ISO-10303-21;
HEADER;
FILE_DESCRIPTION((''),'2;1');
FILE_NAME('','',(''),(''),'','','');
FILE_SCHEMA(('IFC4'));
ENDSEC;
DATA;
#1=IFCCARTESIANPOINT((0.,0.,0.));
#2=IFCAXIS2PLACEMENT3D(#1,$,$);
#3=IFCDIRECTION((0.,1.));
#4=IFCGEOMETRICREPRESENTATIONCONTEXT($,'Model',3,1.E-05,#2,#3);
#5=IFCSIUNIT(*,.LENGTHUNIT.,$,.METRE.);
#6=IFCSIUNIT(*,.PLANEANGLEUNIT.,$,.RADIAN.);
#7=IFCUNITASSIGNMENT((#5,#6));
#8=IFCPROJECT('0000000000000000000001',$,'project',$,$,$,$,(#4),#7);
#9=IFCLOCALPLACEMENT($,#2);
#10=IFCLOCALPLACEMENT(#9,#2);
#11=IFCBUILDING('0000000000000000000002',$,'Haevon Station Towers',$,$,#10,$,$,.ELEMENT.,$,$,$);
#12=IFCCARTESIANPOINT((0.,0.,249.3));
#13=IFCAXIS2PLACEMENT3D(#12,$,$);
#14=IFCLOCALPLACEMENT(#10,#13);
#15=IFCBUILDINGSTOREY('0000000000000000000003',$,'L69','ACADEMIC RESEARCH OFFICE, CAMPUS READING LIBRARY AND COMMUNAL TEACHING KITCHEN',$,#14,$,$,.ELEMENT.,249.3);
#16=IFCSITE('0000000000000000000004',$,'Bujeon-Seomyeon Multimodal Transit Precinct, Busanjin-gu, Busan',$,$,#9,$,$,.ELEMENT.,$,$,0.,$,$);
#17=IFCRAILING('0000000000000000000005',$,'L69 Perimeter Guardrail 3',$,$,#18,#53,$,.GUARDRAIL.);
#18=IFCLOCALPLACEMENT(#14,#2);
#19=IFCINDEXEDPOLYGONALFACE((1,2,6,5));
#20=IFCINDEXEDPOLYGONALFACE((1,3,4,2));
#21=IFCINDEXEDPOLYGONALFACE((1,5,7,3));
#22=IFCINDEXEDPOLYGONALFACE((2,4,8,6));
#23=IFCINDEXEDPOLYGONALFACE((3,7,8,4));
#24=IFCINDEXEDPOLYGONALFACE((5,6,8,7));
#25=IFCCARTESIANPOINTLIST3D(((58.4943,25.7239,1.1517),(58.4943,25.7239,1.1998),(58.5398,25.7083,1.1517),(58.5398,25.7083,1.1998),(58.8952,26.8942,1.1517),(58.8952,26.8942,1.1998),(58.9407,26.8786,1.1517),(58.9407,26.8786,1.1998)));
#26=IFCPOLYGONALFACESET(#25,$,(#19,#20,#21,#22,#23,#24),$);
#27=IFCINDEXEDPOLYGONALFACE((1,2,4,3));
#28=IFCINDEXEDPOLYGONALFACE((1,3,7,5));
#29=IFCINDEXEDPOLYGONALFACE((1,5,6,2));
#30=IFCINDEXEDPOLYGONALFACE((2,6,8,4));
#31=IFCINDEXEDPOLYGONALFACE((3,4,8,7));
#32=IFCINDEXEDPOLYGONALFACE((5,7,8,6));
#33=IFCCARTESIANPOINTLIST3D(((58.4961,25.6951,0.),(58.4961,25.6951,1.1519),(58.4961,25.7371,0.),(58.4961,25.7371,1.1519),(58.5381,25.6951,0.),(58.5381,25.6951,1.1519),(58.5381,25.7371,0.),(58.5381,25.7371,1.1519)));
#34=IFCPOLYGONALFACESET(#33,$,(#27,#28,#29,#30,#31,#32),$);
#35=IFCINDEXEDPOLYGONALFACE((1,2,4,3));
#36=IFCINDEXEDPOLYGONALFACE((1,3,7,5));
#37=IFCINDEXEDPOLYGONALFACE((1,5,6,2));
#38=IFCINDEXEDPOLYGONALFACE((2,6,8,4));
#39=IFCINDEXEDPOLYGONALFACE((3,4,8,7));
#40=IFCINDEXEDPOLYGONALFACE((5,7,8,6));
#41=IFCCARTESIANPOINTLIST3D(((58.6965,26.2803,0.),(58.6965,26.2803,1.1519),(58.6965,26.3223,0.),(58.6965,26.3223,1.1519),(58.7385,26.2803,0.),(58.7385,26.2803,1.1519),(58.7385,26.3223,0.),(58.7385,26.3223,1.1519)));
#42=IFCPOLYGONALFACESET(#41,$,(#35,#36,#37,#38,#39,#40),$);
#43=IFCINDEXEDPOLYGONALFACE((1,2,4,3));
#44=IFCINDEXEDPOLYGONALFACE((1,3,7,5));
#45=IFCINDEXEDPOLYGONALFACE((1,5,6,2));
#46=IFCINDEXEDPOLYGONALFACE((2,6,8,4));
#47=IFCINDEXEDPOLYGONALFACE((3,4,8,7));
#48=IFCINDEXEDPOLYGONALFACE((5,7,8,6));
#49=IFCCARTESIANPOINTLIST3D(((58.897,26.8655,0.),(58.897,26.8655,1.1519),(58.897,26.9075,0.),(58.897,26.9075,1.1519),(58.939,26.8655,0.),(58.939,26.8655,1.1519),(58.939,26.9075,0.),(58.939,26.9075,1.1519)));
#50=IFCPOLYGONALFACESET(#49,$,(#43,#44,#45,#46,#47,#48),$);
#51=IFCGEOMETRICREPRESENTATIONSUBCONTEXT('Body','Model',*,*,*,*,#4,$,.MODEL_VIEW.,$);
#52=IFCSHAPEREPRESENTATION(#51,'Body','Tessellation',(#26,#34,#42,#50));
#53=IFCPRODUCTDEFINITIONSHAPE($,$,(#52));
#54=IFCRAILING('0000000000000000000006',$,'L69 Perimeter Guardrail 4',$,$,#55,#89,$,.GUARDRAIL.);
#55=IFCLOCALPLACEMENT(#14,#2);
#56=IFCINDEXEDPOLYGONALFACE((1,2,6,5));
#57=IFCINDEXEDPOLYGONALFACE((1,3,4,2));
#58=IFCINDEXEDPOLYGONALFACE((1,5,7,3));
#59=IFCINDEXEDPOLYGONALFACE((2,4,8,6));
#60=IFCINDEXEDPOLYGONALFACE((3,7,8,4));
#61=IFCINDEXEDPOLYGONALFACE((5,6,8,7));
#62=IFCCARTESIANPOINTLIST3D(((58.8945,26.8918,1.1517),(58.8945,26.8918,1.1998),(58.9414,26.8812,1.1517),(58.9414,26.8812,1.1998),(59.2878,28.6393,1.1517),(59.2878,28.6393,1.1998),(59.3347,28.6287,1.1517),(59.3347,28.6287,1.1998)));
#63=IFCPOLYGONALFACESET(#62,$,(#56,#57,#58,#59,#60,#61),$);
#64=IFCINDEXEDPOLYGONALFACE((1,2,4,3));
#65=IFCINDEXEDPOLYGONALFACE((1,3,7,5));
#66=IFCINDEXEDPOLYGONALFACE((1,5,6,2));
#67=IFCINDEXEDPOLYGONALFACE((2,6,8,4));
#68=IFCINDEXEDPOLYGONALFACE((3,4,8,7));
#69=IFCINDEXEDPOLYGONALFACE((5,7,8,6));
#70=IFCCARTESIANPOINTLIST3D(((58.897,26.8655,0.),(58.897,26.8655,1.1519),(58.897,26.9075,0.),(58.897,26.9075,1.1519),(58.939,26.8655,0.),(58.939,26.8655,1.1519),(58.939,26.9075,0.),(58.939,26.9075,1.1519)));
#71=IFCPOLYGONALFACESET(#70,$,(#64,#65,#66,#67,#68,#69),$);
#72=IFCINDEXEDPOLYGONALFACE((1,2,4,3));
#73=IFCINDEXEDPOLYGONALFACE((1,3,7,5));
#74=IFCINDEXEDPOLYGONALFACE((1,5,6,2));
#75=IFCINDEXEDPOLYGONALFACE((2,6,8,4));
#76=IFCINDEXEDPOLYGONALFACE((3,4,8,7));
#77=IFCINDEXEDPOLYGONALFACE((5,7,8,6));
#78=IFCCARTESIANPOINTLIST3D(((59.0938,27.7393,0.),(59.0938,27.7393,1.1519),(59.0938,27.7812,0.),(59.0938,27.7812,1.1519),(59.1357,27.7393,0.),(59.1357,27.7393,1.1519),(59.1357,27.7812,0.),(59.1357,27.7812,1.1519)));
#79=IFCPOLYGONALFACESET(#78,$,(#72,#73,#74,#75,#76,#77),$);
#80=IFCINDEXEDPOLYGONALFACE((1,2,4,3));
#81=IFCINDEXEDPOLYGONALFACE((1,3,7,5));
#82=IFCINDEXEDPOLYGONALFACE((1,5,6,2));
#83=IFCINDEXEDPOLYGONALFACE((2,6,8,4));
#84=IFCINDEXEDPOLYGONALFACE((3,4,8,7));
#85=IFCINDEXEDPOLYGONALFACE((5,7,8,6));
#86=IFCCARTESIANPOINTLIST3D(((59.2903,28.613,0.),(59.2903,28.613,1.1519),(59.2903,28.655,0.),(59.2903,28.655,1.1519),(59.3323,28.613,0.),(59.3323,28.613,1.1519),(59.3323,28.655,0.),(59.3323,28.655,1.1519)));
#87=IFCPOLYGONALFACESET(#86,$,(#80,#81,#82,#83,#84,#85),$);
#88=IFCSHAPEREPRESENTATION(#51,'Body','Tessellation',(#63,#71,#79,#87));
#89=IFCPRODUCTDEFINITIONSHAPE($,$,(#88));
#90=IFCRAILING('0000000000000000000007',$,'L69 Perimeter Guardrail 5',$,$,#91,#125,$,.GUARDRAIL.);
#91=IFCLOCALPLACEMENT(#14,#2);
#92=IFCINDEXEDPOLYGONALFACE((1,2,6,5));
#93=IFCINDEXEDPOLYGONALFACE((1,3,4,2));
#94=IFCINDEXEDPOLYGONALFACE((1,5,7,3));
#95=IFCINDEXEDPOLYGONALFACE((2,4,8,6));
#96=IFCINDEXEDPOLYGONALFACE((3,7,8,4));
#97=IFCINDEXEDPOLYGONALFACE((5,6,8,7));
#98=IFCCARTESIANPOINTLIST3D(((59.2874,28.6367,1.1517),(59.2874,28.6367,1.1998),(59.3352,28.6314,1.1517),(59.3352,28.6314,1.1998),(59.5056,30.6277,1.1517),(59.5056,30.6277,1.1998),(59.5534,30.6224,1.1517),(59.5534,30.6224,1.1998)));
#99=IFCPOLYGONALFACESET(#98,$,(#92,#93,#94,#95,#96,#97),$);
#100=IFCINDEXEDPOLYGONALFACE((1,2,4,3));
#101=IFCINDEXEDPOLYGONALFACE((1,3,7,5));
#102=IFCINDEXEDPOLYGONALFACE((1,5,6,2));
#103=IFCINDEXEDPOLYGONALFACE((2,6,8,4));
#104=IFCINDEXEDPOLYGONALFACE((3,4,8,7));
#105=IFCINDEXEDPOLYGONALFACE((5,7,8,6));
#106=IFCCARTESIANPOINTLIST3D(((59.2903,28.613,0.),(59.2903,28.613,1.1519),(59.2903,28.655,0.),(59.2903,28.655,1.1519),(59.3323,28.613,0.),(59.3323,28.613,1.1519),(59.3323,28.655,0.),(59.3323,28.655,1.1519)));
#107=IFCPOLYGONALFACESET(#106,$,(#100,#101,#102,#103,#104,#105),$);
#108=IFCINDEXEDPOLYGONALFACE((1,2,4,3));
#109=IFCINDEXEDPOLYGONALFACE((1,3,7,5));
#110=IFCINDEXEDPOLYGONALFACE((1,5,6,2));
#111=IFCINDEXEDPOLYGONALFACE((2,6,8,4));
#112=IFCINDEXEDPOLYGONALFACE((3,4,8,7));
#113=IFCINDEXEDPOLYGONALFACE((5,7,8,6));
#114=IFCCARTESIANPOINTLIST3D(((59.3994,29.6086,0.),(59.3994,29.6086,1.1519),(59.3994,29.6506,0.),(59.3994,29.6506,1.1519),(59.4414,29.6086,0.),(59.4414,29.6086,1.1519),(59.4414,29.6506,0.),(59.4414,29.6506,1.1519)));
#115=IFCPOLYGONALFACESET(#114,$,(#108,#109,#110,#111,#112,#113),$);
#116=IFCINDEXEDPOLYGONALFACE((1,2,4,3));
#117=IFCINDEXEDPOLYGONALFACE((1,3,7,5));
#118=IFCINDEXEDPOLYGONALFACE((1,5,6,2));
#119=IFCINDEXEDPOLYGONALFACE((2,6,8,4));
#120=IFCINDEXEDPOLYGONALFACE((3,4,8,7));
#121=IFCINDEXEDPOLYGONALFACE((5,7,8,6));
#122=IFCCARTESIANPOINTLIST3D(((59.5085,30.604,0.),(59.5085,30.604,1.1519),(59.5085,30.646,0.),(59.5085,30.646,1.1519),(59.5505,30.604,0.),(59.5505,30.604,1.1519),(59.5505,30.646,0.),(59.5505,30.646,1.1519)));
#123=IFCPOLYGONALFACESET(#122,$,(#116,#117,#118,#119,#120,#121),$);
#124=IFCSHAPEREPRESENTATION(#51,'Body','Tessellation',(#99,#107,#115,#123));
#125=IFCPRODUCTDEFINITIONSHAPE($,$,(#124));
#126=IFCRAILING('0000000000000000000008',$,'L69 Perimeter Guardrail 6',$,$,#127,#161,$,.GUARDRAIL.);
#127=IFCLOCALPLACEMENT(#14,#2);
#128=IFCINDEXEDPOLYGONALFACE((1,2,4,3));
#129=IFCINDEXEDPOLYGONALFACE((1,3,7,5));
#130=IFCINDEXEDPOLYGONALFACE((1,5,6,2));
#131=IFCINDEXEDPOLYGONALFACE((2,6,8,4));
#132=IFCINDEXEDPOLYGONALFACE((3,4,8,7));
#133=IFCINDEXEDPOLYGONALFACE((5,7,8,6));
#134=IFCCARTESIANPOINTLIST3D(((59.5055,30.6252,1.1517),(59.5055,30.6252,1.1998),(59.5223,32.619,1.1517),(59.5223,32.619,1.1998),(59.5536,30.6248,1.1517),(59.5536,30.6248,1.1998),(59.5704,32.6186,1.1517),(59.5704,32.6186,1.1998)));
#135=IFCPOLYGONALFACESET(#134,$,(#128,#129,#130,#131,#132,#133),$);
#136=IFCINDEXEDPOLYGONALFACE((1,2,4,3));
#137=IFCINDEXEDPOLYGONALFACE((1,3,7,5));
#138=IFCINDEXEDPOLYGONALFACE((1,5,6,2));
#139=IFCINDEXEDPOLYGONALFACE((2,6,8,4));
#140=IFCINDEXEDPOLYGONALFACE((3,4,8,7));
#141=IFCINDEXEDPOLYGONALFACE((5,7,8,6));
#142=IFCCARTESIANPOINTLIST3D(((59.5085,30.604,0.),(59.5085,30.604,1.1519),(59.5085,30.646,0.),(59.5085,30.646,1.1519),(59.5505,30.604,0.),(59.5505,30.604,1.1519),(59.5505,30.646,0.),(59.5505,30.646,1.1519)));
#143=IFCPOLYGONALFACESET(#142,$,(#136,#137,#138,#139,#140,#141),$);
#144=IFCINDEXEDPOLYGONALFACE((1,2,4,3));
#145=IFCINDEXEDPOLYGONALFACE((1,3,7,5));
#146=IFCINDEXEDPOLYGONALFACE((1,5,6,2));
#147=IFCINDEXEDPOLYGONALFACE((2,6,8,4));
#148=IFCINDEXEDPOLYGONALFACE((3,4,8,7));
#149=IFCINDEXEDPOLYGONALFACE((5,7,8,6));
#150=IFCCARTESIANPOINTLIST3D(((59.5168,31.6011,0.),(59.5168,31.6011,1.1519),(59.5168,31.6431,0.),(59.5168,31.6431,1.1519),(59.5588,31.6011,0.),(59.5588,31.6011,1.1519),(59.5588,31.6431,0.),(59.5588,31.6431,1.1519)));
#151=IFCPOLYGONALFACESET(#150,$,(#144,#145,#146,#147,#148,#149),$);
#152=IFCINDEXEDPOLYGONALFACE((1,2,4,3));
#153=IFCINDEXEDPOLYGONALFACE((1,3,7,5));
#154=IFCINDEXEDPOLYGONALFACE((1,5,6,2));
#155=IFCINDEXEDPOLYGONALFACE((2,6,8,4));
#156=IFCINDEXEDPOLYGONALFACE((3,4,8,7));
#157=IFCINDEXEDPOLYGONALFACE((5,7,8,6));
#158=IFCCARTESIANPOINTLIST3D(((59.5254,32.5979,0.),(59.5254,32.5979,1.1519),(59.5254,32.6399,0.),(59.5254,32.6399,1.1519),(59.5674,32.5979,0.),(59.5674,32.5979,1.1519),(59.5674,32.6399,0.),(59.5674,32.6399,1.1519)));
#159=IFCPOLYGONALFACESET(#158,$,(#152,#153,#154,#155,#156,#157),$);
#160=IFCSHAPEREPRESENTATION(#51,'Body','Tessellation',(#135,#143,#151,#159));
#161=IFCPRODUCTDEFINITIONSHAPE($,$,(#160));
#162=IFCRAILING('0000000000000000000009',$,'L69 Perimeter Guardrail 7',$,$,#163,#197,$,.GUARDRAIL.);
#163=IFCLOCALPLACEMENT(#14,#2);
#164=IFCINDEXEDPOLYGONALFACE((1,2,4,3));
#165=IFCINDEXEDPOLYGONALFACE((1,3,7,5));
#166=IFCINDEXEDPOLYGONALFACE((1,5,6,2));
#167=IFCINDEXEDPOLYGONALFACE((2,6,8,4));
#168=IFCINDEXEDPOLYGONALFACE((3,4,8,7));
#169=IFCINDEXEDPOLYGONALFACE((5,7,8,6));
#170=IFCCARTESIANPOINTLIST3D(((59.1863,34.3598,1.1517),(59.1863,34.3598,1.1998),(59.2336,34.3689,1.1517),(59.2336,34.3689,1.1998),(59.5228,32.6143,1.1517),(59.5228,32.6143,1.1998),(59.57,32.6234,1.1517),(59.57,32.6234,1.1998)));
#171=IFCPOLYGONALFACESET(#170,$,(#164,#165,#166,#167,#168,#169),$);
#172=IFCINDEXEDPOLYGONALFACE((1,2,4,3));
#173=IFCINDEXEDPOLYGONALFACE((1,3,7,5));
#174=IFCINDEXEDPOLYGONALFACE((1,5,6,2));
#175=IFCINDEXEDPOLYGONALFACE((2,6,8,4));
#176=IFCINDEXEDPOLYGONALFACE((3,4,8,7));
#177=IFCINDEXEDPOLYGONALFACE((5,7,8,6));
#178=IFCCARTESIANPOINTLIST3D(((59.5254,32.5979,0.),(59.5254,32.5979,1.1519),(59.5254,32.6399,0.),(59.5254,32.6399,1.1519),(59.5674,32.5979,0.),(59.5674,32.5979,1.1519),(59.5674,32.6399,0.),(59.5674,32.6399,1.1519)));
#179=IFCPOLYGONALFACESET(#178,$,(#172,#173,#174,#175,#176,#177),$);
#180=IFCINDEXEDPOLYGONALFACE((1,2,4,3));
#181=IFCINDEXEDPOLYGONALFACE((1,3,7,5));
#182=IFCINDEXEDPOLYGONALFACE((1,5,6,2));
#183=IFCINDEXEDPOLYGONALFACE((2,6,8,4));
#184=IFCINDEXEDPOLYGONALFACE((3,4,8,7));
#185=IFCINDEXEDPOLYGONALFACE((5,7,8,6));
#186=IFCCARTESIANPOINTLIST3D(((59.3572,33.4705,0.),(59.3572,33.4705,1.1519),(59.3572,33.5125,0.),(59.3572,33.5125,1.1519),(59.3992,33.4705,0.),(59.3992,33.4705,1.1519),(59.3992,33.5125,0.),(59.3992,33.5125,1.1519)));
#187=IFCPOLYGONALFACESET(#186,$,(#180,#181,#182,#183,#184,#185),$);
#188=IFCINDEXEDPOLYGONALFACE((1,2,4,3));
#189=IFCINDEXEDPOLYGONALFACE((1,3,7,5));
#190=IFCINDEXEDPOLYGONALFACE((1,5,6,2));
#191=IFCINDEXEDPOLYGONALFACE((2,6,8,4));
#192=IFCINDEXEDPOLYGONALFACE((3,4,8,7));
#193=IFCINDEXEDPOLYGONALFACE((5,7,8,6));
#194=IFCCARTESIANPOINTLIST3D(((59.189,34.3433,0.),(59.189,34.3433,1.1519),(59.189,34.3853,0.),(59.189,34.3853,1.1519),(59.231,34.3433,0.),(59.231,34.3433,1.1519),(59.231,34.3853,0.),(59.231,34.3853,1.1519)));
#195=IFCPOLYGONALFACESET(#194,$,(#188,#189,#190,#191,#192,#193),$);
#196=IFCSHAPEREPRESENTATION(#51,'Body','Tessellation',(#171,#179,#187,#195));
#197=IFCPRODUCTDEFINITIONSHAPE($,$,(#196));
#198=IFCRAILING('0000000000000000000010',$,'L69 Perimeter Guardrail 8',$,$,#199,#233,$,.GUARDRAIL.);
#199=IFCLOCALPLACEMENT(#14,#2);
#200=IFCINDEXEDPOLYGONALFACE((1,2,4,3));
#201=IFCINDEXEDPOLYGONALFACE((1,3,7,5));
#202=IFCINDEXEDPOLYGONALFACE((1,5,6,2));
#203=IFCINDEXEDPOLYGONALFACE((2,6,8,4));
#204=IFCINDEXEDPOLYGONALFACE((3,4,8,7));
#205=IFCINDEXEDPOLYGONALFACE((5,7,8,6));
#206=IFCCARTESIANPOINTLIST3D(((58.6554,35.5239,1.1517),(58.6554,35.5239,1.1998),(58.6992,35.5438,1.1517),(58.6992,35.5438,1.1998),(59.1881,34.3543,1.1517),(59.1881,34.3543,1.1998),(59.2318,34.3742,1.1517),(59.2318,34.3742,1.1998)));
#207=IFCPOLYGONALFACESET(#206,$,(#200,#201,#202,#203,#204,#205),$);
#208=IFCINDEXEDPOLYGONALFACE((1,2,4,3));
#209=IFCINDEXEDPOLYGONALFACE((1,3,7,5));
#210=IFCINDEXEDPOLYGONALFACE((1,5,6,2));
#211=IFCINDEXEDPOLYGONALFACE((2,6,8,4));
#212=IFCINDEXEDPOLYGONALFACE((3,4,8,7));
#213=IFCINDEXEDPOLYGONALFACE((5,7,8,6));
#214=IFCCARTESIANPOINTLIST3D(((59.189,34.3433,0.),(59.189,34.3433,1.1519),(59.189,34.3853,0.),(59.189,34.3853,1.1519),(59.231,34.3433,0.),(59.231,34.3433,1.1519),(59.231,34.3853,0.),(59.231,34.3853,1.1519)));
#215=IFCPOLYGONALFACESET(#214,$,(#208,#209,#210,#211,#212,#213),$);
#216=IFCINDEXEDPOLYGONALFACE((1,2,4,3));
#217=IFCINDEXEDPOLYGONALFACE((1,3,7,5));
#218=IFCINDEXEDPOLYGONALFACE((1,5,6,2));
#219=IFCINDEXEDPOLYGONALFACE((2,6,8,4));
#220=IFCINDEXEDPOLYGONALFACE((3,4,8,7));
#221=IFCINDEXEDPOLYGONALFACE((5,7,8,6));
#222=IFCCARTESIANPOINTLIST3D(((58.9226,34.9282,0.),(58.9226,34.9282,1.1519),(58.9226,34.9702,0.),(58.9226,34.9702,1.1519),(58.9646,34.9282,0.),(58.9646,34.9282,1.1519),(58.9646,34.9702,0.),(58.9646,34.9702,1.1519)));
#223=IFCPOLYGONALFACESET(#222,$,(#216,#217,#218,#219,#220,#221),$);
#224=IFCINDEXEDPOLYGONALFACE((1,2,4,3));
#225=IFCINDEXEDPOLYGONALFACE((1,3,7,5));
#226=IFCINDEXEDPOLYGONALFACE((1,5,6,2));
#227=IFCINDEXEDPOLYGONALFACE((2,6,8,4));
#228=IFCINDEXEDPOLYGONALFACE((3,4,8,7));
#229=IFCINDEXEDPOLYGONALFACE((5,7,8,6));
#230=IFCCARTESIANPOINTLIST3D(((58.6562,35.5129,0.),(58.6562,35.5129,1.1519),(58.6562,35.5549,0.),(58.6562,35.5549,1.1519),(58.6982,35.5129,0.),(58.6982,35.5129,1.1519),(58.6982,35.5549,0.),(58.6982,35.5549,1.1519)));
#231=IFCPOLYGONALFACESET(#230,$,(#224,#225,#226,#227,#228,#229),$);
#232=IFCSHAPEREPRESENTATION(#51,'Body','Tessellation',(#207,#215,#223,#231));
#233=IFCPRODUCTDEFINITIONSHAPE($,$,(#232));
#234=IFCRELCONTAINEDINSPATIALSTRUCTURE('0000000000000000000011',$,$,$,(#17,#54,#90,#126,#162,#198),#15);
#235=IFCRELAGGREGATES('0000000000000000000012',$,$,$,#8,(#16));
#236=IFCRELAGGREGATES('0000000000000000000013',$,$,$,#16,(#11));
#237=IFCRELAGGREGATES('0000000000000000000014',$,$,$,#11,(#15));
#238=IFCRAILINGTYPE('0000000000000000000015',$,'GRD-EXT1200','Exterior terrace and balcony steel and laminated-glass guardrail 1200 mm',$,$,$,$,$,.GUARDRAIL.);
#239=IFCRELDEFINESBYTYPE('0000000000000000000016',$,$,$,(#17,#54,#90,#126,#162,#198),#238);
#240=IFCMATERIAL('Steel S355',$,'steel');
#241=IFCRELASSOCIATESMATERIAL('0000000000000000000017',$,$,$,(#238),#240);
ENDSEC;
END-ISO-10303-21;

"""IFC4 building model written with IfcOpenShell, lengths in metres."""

from ifc_helpers import new_model, si_unit, direction, frame, origin, origin_2d, place, context, subcontext, project, spatial, rectangle, extrude, material, type_object, element, save


model = new_model("IFC4")

# Units and contexts
model_context = context("Model", 3, precision=1e-05, world=origin(), true_north=direction((0.0, 1.0)))
body_context = subcontext(model_context, "Body", "Model", "MODEL_VIEW")
ifc_project = project(units=[si_unit("LENGTHUNIT", "METRE"), si_unit("PLANEANGLEUNIT", "RADIAN")], contexts=[model_context])

# Site, building, storey
site_placement = place(None, origin())
site = spatial("IfcSite", under=ifc_project, at=site_placement, Name="Bujeon-Seomyeon Multimodal Transit Precinct, Busanjin-gu, Busan", CompositionType="ELEMENT", RefElevation=0.0)
building_placement = place(site_placement, origin())
building = spatial("IfcBuilding", under=site, at=building_placement, Name="Haevon Station Towers", CompositionType="ELEMENT")
storey_placement = place(building_placement, frame((0.0, 0.0, 249.3)))
storey = spatial("IfcBuildingStorey", under=building, at=storey_placement, Name="L69", Description="ACADEMIC RESEARCH OFFICE, CAMPUS READING LIBRARY AND COMMUNAL TEACHING KITCHEN", CompositionType="ELEMENT", Elevation=249.3)

# Shared definitions
ifc_material_1 = material(Name="Steel S355", Category="steel")

# Railings
railing_type = type_object("IfcRailingType", Name="GRD-EXT1200", Description="Exterior terrace and balcony steel and laminated-glass guardrail 1200 mm", PredefinedType="GUARDRAIL", material=ifc_material_1)
railing_1_placement = place(storey_placement, frame((58.5171, 25.7161, 0.0)))
element("IfcRailing", 1, at=railing_1_placement, inside=storey, type_object=railing_type, Name="L69 Perimeter Guardrail 3", PredefinedType="GUARDRAIL", context=body_context, shape_type="SweptSolid", body=[
    extrude(rectangle(XDim=0.0481, YDim=0.0481, at=origin_2d()), frame((0.0, 0.0, 1.1758), z_axis=(0.324032, 0.946046, 0.0), x_axis=(-0.946046, 0.324032, 0.0)), (0.0, 0.0, 1.0), 1.2371),
    extrude(rectangle(XDim=0.042, YDim=0.042, at=origin_2d()), origin(), (0.0, 0.0, 1.0), 1.1519),
    extrude(rectangle(XDim=0.042, YDim=0.042, at=origin_2d()), frame((0.2004, 0.5852, 0.0)), (0.0, 0.0, 1.0), 1.1519),
    extrude(rectangle(XDim=0.042, YDim=0.042, at=origin_2d()), frame((0.4009, 1.1704, 0.0)), (0.0, 0.0, 1.0), 1.1519),
])
railing_2_placement = place(storey_placement, frame((58.918, 26.8865, 0.0)))
element("IfcRailing", 2, at=railing_2_placement, inside=storey, type_object=railing_type, Name="L69 Perimeter Guardrail 4", PredefinedType="GUARDRAIL", context=body_context, shape_type="SweptSolid", body=[
    extrude(rectangle(XDim=0.0481, YDim=0.0481, at=origin_2d()), frame((0.0, 0.0, 1.1758), z_axis=(0.219571, 0.975597, 0.0), x_axis=(-0.975597, 0.219571, 0.0)), (0.0, 0.0, 1.0), 1.7913),
    extrude(rectangle(XDim=0.042, YDim=0.042, at=origin_2d()), origin(), (0.0, 0.0, 1.0), 1.1519),
    extrude(rectangle(XDim=0.042, YDim=0.042, at=origin_2d()), frame((0.1968, 0.8738, 0.0)), (0.0, 0.0, 1.0), 1.1519),
    extrude(rectangle(XDim=0.042, YDim=0.042, at=origin_2d()), frame((0.3933, 1.7476, 0.0)), (0.0, 0.0, 1.0), 1.1519),
])
railing_3_placement = place(storey_placement, frame((59.3113, 28.634, 0.0)))
element("IfcRailing", 3, at=railing_3_placement, inside=storey, type_object=railing_type, Name="L69 Perimeter Guardrail 5", PredefinedType="GUARDRAIL", context=body_context, shape_type="SweptSolid", body=[
    extrude(rectangle(XDim=0.0481, YDim=0.0481, at=origin_2d()), frame((0.0, 0.0, 1.1758), z_axis=(0.108973, 0.994045, 0.0), x_axis=(-0.994045, 0.108973, 0.0)), (0.0, 0.0, 1.0), 2.0029),
    extrude(rectangle(XDim=0.042, YDim=0.042, at=origin_2d()), origin(), (0.0, 0.0, 1.0), 1.1519),
    extrude(rectangle(XDim=0.042, YDim=0.042, at=origin_2d()), frame((0.1091, 0.9956, 0.0)), (0.0, 0.0, 1.0), 1.1519),
    extrude(rectangle(XDim=0.042, YDim=0.042, at=origin_2d()), frame((0.2183, 1.991, 0.0)), (0.0, 0.0, 1.0), 1.1519),
])
railing_4_placement = place(storey_placement, frame((59.5295, 30.625, 0.0)))
element("IfcRailing", 4, at=railing_4_placement, inside=storey, type_object=railing_type, Name="L69 Perimeter Guardrail 6", PredefinedType="GUARDRAIL", context=body_context, shape_type="SweptSolid", body=[
    extrude(rectangle(XDim=0.0481, YDim=0.0481, at=origin_2d()), frame((0.0, 0.0, 1.1758), z_axis=(0.008448, 0.999964, 0.0), x_axis=(-0.999964, 0.008448, 0.0)), (0.0, 0.0, 1.0), 1.9939),
    extrude(rectangle(XDim=0.042, YDim=0.042, at=origin_2d()), origin(), (0.0, 0.0, 1.0), 1.1519),
    extrude(rectangle(XDim=0.042, YDim=0.042, at=origin_2d()), frame((0.0083, 0.9971, 0.0)), (0.0, 0.0, 1.0), 1.1519),
    extrude(rectangle(XDim=0.042, YDim=0.042, at=origin_2d()), frame((0.0168, 1.9939, 0.0)), (0.0, 0.0, 1.0), 1.1519),
])
railing_5_placement = place(storey_placement, frame((59.5464, 32.6189, 0.0)))
element("IfcRailing", 5, at=railing_5_placement, inside=storey, type_object=railing_type, Name="L69 Perimeter Guardrail 7", PredefinedType="GUARDRAIL", context=body_context, shape_type="SweptSolid", body=[
    extrude(rectangle(XDim=0.0481, YDim=0.0481, at=origin_2d()), frame((0.0, 0.0, 1.1758), z_axis=(-0.18927, 0.981925, 0.0), x_axis=(-0.981925, -0.18927, 0.0)), (0.0, 0.0, 1.0), 1.7776),
    extrude(rectangle(XDim=0.042, YDim=0.042, at=origin_2d()), origin(), (0.0, 0.0, 1.0), 1.1519),
    extrude(rectangle(XDim=0.042, YDim=0.042, at=origin_2d()), frame((-0.1682, 0.8726, 0.0)), (0.0, 0.0, 1.0), 1.1519),
    extrude(rectangle(XDim=0.042, YDim=0.042, at=origin_2d()), frame((-0.3364, 1.7454, 0.0)), (0.0, 0.0, 1.0), 1.1519),
])
railing_6_placement = place(storey_placement, frame((59.21, 34.3643, 0.0)))
element("IfcRailing", 6, at=railing_6_placement, inside=storey, type_object=railing_type, Name="L69 Perimeter Guardrail 8", PredefinedType="GUARDRAIL", context=body_context, shape_type="SweptSolid", body=[
    extrude(rectangle(XDim=0.0481, YDim=0.0481, at=origin_2d()), frame((0.0, 0.0, 1.1758), z_axis=(-0.414475, 0.91006, 0.0), x_axis=(-0.91006, -0.414475, 0.0)), (0.0, 0.0, 1.0), 1.2852),
    extrude(rectangle(XDim=0.042, YDim=0.042, at=origin_2d()), origin(), (0.0, 0.0, 1.0), 1.1519),
    extrude(rectangle(XDim=0.042, YDim=0.042, at=origin_2d()), frame((-0.2664, 0.585, 0.0)), (0.0, 0.0, 1.0), 1.1519),
    extrude(rectangle(XDim=0.042, YDim=0.042, at=origin_2d()), frame((-0.5327, 1.1697, 0.0)), (0.0, 0.0, 1.0), 1.1519),
])

save(model, "model.ifc")
